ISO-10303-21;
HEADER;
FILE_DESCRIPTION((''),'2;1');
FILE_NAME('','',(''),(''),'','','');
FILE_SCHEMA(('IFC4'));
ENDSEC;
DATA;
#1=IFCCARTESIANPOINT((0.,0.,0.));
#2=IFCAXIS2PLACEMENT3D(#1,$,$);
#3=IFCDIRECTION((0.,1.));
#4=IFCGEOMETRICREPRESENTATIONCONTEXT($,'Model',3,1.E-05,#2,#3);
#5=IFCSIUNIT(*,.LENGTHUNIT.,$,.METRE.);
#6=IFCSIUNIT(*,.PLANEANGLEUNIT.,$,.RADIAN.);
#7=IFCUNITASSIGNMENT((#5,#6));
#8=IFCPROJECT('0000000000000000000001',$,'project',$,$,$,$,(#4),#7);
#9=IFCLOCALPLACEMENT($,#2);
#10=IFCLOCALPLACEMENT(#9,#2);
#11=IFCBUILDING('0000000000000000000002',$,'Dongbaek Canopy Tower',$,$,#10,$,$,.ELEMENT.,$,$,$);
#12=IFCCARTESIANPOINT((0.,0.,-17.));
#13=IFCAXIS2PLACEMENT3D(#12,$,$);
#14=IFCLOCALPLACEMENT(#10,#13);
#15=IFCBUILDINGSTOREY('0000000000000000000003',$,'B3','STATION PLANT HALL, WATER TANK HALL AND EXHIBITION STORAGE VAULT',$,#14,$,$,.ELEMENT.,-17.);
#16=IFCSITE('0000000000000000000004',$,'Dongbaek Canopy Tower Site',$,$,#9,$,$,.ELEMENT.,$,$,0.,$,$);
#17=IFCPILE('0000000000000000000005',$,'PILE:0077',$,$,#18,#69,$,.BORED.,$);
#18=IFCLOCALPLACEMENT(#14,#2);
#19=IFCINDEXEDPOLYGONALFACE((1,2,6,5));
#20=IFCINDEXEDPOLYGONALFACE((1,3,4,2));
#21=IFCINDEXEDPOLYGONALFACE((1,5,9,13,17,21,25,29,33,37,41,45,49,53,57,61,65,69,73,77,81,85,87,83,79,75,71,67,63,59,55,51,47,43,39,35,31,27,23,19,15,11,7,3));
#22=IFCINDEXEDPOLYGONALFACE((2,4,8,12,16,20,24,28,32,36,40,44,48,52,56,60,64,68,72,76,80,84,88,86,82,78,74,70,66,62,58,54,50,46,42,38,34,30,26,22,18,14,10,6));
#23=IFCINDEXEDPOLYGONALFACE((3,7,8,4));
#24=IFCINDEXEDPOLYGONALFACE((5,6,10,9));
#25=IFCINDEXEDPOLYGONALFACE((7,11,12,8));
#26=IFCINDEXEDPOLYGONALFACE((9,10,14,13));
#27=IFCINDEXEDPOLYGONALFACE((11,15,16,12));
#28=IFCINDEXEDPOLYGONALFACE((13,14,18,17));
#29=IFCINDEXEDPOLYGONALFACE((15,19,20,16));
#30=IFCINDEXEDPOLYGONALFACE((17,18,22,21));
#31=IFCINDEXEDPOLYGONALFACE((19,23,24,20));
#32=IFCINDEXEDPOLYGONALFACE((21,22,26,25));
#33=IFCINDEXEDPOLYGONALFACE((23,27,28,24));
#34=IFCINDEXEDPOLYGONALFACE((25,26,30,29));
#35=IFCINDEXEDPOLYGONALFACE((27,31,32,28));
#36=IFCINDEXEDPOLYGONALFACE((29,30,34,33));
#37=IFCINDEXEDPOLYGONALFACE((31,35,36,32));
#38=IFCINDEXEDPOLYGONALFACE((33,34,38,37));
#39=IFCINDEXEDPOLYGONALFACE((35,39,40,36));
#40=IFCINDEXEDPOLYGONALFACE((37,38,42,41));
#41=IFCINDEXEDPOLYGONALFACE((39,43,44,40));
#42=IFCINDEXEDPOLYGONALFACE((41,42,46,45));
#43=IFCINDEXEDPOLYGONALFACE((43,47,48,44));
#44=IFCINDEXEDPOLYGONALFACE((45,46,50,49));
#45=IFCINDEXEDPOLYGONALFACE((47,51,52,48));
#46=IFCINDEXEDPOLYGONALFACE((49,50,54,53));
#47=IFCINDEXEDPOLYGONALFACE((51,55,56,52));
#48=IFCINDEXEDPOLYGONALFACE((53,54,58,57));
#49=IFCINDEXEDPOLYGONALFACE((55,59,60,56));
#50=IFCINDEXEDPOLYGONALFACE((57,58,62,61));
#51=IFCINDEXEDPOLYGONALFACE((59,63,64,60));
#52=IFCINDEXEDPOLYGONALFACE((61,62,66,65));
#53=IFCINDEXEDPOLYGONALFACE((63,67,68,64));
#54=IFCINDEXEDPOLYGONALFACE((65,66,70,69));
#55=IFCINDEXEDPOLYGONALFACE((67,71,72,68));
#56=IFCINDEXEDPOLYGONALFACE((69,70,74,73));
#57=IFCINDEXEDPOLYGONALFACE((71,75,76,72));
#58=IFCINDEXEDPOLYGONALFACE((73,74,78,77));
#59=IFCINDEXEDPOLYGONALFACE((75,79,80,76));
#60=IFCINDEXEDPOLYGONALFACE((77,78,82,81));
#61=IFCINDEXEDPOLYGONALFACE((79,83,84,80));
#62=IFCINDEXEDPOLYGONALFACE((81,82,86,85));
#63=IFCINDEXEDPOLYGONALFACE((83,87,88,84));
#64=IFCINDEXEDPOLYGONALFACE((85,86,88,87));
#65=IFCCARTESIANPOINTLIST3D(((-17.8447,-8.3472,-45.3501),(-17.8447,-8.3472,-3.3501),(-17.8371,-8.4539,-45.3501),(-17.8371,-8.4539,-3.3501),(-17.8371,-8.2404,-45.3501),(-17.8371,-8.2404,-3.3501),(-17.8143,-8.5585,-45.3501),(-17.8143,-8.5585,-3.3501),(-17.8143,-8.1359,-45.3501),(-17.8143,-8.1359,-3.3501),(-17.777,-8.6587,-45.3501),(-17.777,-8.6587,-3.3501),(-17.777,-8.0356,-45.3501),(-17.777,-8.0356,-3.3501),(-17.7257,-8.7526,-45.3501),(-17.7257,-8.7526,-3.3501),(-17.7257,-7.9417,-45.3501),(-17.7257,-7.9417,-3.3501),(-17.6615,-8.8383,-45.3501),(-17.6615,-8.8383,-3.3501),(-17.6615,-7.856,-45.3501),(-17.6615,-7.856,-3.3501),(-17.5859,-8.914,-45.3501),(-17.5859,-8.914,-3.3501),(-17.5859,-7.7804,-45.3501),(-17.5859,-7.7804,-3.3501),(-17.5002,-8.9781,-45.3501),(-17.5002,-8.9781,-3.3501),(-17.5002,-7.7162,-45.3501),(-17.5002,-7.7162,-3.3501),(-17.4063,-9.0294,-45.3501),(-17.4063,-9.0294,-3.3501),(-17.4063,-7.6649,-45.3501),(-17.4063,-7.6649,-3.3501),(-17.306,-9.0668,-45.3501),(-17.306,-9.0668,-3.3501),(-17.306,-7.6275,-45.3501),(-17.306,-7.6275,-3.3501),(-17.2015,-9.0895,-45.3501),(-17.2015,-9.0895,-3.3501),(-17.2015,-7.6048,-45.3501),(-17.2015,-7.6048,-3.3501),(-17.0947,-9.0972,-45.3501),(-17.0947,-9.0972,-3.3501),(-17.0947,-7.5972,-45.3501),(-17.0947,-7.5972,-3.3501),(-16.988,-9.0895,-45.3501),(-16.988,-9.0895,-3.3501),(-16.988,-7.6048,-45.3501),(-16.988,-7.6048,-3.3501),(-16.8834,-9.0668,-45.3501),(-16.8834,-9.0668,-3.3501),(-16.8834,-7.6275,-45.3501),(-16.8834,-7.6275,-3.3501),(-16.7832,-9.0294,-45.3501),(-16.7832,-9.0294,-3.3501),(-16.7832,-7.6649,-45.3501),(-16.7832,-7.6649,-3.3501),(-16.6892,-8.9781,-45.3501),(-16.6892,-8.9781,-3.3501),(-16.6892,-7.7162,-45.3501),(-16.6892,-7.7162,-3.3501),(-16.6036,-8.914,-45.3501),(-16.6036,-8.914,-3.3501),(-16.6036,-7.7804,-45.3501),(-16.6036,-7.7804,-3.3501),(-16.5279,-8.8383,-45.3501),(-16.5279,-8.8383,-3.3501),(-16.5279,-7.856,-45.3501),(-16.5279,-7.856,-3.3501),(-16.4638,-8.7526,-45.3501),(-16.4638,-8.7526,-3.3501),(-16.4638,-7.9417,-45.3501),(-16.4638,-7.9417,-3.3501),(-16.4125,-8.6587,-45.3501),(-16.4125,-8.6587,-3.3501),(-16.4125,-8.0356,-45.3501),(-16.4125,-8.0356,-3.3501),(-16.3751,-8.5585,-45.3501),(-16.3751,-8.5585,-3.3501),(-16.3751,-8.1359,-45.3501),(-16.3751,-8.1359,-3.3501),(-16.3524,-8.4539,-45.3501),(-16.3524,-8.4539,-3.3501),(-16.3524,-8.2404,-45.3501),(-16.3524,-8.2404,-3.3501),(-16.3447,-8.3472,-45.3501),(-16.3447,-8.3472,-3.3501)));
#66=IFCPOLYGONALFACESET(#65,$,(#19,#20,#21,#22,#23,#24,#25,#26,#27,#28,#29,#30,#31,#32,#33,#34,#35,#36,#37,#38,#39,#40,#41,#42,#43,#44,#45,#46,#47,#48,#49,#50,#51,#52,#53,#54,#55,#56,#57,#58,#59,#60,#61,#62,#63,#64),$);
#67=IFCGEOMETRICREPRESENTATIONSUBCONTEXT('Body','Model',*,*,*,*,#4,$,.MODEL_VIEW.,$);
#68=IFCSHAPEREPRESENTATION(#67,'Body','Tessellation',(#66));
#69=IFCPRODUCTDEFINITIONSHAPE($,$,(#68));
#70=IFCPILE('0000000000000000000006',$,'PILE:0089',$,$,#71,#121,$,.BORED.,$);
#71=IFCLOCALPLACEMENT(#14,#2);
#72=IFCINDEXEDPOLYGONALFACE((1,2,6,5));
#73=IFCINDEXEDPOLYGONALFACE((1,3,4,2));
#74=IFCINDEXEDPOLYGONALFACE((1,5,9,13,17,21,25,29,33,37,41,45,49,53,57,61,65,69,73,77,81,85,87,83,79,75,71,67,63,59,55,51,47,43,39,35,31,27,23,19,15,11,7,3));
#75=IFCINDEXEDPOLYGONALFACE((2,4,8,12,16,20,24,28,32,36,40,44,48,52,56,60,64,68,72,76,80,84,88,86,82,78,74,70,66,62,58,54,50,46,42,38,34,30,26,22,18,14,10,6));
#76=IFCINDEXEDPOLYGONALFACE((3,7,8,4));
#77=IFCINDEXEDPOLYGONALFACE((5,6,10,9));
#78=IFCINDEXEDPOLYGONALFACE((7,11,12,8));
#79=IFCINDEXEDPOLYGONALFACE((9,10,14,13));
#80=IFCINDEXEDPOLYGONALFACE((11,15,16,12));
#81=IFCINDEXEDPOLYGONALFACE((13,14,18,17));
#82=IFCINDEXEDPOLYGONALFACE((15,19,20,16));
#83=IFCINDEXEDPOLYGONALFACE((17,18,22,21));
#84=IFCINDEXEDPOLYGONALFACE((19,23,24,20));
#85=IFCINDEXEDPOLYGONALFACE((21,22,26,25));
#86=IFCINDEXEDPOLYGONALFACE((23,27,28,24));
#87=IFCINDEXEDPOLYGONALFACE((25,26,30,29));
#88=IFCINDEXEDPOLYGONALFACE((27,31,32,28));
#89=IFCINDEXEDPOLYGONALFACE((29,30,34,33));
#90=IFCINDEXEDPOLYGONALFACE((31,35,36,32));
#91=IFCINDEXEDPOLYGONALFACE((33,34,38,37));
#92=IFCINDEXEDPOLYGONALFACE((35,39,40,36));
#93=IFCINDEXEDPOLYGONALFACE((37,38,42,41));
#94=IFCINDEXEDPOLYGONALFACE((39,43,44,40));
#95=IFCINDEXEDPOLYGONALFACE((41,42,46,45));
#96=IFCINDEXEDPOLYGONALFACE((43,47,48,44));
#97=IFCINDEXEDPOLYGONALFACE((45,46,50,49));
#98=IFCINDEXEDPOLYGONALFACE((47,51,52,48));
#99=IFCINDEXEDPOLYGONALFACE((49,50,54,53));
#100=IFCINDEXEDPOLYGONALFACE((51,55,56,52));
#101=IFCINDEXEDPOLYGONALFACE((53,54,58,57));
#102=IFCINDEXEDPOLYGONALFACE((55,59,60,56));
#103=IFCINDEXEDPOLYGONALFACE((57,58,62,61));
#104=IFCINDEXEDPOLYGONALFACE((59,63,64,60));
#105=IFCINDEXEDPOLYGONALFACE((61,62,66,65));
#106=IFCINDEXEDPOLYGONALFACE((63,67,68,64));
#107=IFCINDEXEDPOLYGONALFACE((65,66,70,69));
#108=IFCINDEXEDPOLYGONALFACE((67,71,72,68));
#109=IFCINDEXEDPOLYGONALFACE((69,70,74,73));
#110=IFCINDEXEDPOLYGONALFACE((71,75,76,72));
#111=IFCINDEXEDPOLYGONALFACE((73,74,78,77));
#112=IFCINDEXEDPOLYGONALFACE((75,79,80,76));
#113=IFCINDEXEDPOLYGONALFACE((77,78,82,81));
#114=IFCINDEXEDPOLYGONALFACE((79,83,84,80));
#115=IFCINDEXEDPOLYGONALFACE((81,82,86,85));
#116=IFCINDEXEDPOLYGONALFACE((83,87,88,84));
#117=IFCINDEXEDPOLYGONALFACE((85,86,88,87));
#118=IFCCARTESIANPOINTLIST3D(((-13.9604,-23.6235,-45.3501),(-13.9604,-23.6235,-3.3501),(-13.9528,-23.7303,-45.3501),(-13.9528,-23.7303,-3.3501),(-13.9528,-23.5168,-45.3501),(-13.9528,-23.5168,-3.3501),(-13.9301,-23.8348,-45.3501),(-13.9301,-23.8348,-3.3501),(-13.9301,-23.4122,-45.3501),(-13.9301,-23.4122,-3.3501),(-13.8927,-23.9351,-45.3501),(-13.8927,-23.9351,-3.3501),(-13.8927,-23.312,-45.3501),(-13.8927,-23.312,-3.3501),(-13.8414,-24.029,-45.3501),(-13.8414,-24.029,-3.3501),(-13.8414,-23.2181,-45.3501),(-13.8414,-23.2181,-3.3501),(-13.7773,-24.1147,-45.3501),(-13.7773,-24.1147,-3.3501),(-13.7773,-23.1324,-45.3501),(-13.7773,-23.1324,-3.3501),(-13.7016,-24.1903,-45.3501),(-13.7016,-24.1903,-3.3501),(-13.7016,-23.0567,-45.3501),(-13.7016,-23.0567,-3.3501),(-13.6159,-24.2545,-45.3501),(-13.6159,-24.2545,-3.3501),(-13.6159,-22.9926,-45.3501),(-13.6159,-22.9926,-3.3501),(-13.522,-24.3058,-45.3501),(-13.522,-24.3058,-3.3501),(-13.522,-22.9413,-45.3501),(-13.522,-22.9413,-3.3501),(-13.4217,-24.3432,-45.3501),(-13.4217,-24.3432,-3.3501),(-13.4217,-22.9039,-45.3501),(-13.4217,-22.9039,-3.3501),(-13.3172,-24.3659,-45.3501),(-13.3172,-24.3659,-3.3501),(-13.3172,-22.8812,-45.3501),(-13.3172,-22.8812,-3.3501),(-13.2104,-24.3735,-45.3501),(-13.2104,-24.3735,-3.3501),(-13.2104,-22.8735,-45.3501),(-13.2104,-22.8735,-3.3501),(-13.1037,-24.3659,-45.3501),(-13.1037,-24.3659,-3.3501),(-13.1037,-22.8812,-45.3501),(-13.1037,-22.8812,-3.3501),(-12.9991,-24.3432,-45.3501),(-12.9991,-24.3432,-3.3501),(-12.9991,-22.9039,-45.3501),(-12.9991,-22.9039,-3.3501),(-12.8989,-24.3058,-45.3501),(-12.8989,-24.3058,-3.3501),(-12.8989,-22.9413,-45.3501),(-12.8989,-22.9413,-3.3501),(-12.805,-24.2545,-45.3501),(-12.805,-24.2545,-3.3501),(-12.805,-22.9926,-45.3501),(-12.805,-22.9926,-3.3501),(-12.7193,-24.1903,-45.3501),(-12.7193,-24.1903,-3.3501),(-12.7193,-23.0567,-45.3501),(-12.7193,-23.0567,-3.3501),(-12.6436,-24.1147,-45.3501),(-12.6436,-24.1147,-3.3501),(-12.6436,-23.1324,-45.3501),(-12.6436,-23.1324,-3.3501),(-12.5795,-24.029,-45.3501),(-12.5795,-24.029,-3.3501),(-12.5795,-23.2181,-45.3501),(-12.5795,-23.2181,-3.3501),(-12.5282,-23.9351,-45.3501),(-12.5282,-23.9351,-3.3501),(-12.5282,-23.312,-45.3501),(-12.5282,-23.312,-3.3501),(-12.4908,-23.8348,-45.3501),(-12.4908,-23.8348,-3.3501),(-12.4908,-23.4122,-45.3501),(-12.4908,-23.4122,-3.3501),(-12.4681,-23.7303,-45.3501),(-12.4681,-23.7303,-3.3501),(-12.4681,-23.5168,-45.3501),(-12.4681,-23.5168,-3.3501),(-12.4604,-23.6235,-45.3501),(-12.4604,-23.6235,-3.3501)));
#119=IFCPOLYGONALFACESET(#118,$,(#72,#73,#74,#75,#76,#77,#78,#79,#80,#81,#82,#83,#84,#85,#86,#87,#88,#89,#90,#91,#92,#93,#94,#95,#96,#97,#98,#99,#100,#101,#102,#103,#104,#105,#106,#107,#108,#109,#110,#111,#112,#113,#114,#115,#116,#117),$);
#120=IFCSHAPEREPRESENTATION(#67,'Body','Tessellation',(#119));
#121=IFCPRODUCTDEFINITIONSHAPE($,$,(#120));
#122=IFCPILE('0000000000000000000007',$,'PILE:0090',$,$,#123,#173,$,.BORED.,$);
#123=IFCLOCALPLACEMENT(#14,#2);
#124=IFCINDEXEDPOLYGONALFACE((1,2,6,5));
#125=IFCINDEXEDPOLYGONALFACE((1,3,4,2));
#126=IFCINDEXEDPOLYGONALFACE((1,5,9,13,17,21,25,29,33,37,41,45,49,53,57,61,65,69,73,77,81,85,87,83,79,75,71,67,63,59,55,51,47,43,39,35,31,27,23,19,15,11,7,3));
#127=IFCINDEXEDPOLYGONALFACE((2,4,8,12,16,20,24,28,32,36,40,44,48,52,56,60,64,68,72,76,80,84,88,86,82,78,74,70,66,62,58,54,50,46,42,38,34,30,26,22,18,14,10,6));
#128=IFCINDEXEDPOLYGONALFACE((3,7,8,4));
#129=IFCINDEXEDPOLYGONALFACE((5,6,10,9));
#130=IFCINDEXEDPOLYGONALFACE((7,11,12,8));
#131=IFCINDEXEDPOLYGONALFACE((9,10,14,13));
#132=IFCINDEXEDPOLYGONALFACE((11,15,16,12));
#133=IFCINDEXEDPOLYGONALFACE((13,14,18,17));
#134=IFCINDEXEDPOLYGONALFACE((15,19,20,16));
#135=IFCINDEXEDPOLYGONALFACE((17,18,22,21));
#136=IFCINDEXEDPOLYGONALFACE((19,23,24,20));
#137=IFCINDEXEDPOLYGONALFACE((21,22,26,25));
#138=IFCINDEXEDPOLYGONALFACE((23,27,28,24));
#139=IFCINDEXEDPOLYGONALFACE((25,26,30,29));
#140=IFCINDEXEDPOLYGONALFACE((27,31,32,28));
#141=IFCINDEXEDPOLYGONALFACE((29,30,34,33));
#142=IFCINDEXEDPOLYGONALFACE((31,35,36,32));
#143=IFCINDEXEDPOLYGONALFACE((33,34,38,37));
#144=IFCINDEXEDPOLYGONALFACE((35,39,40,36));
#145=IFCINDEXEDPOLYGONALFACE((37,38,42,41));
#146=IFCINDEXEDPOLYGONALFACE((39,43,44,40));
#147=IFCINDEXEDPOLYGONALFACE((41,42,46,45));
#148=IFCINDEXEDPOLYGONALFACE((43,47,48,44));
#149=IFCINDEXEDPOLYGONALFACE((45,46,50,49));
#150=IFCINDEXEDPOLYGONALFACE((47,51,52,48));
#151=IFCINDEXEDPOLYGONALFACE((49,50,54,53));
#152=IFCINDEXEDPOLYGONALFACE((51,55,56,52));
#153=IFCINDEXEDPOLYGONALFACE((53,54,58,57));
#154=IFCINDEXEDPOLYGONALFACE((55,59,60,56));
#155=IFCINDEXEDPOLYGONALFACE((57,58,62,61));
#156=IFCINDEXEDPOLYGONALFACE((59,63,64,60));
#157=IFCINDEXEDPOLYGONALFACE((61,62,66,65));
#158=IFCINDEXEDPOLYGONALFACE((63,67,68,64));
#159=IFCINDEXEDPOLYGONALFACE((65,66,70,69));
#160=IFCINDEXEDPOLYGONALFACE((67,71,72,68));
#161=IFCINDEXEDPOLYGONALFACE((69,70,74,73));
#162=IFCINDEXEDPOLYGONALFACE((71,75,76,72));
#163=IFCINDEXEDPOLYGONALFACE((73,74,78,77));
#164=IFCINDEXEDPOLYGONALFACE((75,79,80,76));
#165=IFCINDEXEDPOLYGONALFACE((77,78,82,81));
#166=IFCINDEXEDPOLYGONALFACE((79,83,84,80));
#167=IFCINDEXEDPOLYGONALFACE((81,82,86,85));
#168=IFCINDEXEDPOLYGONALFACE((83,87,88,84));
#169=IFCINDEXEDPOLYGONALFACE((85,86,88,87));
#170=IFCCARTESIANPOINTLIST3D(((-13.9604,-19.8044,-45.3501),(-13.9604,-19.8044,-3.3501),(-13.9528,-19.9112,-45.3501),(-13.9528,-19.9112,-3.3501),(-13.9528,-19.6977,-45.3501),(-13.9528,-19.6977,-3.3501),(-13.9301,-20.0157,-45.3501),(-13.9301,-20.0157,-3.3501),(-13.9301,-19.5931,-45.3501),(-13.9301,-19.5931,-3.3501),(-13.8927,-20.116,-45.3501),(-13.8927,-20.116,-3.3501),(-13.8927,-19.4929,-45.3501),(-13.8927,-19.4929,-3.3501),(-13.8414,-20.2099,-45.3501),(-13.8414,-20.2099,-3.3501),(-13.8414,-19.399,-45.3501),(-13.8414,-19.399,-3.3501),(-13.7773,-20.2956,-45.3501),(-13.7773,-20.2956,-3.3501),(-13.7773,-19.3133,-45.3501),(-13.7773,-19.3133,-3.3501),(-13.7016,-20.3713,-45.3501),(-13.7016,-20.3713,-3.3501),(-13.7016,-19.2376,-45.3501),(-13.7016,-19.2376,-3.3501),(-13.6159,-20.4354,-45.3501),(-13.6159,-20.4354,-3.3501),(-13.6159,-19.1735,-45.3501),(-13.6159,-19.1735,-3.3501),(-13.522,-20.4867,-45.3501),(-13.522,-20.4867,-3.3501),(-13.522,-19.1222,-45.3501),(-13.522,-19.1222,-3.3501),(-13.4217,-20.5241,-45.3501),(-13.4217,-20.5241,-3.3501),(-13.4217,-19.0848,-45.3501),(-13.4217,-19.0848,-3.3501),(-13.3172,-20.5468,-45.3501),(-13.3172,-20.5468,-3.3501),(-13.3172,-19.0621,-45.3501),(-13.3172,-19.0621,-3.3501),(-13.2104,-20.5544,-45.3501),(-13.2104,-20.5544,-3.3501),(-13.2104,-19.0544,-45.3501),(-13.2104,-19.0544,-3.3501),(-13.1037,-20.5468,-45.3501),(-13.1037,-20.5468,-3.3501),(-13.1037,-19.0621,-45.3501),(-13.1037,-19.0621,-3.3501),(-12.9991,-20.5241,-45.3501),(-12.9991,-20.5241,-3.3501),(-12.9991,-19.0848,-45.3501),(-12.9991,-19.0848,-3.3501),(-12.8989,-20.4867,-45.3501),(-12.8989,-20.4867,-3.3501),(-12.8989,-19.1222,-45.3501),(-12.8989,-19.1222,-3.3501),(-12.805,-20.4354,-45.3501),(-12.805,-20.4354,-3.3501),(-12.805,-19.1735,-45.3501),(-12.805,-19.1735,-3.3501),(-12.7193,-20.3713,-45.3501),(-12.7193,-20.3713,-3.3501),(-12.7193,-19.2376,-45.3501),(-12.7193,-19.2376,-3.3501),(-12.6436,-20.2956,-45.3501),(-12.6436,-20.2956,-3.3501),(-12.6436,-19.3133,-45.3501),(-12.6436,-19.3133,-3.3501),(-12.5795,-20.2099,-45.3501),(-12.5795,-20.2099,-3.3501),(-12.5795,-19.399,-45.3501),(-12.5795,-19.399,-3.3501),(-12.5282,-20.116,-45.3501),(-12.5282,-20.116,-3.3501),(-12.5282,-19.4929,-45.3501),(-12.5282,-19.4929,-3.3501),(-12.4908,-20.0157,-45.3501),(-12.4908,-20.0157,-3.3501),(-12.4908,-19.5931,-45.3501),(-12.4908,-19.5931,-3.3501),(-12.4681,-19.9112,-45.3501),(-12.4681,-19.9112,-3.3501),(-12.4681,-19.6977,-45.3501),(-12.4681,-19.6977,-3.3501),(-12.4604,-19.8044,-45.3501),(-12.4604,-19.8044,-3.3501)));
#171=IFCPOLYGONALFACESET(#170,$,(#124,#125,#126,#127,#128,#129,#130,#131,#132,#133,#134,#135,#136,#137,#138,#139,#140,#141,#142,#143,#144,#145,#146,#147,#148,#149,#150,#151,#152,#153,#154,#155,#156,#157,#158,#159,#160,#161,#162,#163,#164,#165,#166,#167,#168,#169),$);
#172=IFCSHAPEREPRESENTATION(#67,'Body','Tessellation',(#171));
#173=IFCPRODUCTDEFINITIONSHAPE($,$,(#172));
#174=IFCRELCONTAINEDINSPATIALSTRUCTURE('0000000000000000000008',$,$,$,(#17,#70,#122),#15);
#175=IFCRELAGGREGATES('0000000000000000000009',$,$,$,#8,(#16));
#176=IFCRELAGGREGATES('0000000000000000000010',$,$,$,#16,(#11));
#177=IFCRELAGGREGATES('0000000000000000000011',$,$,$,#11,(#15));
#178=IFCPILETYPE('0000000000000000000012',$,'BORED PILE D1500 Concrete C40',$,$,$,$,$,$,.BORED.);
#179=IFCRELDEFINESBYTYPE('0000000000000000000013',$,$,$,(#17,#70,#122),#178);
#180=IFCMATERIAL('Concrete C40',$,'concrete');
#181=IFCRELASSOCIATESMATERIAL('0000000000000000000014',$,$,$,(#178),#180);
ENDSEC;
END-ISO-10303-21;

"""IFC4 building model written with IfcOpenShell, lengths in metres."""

from ifc_helpers import new_model, si_unit, direction, frame, origin, origin_2d, place, context, subcontext, project, spatial, circle, extrude, material, material_profile, profile_set, type_object, element, save


model = new_model("IFC4")

# Units and contexts
model_context = context("Model", 3, precision=1e-05, world=origin(), true_north=direction((0.0, 1.0)))
body_context = subcontext(model_context, "Body", "Model", "MODEL_VIEW")
ifc_project = project(units=[si_unit("LENGTHUNIT", "METRE"), si_unit("PLANEANGLEUNIT", "RADIAN")], contexts=[model_context])

# Site, building, storey
site_placement = place(None, origin())
site = spatial("IfcSite", under=ifc_project, at=site_placement, Name="Dongbaek Canopy Tower Site", CompositionType="ELEMENT", RefElevation=0.0)
building_placement = place(site_placement, origin())
building = spatial("IfcBuilding", under=site, at=building_placement, Name="Dongbaek Canopy Tower", CompositionType="ELEMENT")
storey_placement = place(building_placement, frame((0.0, 0.0, -17.0)))
storey = spatial("IfcBuildingStorey", under=building, at=storey_placement, Name="B3", Description="STATION PLANT HALL, WATER TANK HALL AND EXHIBITION STORAGE VAULT", CompositionType="ELEMENT", Elevation=-17.0)

# Piles
ifc_material_1 = material(Name="Concrete C40", Category="concrete")
ifc_material_profile_1 = material_profile(ifc_material_1, circle(Radius=0.75, at=origin_2d()), Name="BORED PILE D1500 Concrete C40")
ifc_profile_set_1 = profile_set([ifc_material_profile_1], Name="Concrete C40")
pile_type = type_object("IfcPileType", Name="BORED PILE D1500 Concrete C40", PredefinedType="BORED", material=ifc_profile_set_1)
for number, where, z_axis, x_axis, name in (
    (1, (-17.0947, -8.3472, -3.3501), (0.0, 0.0, -1.0), (1.0, 0.0, 0.0), "PILE:0077"),
    (2, (-13.2104, -23.6235, -3.3501), (0.0, 0.0, -1.0), (1.0, 0.0, 0.0), "PILE:0089"),
    (3, (-13.2104, -19.8044, -3.3501), (0.0, 0.0, -1.0), (1.0, 0.0, 0.0), "PILE:0090"),
):
    element("IfcPile", number, at=place(storey_placement, frame(where, z_axis=z_axis, x_axis=x_axis)), inside=storey, type_object=pile_type, Name=name, PredefinedType="BORED", context=body_context, shape_type="SweptSolid", body=[
        extrude(circle(Radius=0.75, at=origin_2d()), origin(), (0.0, 0.0, 1.0), 42.0),
    ])

save(model, "model.ifc")
